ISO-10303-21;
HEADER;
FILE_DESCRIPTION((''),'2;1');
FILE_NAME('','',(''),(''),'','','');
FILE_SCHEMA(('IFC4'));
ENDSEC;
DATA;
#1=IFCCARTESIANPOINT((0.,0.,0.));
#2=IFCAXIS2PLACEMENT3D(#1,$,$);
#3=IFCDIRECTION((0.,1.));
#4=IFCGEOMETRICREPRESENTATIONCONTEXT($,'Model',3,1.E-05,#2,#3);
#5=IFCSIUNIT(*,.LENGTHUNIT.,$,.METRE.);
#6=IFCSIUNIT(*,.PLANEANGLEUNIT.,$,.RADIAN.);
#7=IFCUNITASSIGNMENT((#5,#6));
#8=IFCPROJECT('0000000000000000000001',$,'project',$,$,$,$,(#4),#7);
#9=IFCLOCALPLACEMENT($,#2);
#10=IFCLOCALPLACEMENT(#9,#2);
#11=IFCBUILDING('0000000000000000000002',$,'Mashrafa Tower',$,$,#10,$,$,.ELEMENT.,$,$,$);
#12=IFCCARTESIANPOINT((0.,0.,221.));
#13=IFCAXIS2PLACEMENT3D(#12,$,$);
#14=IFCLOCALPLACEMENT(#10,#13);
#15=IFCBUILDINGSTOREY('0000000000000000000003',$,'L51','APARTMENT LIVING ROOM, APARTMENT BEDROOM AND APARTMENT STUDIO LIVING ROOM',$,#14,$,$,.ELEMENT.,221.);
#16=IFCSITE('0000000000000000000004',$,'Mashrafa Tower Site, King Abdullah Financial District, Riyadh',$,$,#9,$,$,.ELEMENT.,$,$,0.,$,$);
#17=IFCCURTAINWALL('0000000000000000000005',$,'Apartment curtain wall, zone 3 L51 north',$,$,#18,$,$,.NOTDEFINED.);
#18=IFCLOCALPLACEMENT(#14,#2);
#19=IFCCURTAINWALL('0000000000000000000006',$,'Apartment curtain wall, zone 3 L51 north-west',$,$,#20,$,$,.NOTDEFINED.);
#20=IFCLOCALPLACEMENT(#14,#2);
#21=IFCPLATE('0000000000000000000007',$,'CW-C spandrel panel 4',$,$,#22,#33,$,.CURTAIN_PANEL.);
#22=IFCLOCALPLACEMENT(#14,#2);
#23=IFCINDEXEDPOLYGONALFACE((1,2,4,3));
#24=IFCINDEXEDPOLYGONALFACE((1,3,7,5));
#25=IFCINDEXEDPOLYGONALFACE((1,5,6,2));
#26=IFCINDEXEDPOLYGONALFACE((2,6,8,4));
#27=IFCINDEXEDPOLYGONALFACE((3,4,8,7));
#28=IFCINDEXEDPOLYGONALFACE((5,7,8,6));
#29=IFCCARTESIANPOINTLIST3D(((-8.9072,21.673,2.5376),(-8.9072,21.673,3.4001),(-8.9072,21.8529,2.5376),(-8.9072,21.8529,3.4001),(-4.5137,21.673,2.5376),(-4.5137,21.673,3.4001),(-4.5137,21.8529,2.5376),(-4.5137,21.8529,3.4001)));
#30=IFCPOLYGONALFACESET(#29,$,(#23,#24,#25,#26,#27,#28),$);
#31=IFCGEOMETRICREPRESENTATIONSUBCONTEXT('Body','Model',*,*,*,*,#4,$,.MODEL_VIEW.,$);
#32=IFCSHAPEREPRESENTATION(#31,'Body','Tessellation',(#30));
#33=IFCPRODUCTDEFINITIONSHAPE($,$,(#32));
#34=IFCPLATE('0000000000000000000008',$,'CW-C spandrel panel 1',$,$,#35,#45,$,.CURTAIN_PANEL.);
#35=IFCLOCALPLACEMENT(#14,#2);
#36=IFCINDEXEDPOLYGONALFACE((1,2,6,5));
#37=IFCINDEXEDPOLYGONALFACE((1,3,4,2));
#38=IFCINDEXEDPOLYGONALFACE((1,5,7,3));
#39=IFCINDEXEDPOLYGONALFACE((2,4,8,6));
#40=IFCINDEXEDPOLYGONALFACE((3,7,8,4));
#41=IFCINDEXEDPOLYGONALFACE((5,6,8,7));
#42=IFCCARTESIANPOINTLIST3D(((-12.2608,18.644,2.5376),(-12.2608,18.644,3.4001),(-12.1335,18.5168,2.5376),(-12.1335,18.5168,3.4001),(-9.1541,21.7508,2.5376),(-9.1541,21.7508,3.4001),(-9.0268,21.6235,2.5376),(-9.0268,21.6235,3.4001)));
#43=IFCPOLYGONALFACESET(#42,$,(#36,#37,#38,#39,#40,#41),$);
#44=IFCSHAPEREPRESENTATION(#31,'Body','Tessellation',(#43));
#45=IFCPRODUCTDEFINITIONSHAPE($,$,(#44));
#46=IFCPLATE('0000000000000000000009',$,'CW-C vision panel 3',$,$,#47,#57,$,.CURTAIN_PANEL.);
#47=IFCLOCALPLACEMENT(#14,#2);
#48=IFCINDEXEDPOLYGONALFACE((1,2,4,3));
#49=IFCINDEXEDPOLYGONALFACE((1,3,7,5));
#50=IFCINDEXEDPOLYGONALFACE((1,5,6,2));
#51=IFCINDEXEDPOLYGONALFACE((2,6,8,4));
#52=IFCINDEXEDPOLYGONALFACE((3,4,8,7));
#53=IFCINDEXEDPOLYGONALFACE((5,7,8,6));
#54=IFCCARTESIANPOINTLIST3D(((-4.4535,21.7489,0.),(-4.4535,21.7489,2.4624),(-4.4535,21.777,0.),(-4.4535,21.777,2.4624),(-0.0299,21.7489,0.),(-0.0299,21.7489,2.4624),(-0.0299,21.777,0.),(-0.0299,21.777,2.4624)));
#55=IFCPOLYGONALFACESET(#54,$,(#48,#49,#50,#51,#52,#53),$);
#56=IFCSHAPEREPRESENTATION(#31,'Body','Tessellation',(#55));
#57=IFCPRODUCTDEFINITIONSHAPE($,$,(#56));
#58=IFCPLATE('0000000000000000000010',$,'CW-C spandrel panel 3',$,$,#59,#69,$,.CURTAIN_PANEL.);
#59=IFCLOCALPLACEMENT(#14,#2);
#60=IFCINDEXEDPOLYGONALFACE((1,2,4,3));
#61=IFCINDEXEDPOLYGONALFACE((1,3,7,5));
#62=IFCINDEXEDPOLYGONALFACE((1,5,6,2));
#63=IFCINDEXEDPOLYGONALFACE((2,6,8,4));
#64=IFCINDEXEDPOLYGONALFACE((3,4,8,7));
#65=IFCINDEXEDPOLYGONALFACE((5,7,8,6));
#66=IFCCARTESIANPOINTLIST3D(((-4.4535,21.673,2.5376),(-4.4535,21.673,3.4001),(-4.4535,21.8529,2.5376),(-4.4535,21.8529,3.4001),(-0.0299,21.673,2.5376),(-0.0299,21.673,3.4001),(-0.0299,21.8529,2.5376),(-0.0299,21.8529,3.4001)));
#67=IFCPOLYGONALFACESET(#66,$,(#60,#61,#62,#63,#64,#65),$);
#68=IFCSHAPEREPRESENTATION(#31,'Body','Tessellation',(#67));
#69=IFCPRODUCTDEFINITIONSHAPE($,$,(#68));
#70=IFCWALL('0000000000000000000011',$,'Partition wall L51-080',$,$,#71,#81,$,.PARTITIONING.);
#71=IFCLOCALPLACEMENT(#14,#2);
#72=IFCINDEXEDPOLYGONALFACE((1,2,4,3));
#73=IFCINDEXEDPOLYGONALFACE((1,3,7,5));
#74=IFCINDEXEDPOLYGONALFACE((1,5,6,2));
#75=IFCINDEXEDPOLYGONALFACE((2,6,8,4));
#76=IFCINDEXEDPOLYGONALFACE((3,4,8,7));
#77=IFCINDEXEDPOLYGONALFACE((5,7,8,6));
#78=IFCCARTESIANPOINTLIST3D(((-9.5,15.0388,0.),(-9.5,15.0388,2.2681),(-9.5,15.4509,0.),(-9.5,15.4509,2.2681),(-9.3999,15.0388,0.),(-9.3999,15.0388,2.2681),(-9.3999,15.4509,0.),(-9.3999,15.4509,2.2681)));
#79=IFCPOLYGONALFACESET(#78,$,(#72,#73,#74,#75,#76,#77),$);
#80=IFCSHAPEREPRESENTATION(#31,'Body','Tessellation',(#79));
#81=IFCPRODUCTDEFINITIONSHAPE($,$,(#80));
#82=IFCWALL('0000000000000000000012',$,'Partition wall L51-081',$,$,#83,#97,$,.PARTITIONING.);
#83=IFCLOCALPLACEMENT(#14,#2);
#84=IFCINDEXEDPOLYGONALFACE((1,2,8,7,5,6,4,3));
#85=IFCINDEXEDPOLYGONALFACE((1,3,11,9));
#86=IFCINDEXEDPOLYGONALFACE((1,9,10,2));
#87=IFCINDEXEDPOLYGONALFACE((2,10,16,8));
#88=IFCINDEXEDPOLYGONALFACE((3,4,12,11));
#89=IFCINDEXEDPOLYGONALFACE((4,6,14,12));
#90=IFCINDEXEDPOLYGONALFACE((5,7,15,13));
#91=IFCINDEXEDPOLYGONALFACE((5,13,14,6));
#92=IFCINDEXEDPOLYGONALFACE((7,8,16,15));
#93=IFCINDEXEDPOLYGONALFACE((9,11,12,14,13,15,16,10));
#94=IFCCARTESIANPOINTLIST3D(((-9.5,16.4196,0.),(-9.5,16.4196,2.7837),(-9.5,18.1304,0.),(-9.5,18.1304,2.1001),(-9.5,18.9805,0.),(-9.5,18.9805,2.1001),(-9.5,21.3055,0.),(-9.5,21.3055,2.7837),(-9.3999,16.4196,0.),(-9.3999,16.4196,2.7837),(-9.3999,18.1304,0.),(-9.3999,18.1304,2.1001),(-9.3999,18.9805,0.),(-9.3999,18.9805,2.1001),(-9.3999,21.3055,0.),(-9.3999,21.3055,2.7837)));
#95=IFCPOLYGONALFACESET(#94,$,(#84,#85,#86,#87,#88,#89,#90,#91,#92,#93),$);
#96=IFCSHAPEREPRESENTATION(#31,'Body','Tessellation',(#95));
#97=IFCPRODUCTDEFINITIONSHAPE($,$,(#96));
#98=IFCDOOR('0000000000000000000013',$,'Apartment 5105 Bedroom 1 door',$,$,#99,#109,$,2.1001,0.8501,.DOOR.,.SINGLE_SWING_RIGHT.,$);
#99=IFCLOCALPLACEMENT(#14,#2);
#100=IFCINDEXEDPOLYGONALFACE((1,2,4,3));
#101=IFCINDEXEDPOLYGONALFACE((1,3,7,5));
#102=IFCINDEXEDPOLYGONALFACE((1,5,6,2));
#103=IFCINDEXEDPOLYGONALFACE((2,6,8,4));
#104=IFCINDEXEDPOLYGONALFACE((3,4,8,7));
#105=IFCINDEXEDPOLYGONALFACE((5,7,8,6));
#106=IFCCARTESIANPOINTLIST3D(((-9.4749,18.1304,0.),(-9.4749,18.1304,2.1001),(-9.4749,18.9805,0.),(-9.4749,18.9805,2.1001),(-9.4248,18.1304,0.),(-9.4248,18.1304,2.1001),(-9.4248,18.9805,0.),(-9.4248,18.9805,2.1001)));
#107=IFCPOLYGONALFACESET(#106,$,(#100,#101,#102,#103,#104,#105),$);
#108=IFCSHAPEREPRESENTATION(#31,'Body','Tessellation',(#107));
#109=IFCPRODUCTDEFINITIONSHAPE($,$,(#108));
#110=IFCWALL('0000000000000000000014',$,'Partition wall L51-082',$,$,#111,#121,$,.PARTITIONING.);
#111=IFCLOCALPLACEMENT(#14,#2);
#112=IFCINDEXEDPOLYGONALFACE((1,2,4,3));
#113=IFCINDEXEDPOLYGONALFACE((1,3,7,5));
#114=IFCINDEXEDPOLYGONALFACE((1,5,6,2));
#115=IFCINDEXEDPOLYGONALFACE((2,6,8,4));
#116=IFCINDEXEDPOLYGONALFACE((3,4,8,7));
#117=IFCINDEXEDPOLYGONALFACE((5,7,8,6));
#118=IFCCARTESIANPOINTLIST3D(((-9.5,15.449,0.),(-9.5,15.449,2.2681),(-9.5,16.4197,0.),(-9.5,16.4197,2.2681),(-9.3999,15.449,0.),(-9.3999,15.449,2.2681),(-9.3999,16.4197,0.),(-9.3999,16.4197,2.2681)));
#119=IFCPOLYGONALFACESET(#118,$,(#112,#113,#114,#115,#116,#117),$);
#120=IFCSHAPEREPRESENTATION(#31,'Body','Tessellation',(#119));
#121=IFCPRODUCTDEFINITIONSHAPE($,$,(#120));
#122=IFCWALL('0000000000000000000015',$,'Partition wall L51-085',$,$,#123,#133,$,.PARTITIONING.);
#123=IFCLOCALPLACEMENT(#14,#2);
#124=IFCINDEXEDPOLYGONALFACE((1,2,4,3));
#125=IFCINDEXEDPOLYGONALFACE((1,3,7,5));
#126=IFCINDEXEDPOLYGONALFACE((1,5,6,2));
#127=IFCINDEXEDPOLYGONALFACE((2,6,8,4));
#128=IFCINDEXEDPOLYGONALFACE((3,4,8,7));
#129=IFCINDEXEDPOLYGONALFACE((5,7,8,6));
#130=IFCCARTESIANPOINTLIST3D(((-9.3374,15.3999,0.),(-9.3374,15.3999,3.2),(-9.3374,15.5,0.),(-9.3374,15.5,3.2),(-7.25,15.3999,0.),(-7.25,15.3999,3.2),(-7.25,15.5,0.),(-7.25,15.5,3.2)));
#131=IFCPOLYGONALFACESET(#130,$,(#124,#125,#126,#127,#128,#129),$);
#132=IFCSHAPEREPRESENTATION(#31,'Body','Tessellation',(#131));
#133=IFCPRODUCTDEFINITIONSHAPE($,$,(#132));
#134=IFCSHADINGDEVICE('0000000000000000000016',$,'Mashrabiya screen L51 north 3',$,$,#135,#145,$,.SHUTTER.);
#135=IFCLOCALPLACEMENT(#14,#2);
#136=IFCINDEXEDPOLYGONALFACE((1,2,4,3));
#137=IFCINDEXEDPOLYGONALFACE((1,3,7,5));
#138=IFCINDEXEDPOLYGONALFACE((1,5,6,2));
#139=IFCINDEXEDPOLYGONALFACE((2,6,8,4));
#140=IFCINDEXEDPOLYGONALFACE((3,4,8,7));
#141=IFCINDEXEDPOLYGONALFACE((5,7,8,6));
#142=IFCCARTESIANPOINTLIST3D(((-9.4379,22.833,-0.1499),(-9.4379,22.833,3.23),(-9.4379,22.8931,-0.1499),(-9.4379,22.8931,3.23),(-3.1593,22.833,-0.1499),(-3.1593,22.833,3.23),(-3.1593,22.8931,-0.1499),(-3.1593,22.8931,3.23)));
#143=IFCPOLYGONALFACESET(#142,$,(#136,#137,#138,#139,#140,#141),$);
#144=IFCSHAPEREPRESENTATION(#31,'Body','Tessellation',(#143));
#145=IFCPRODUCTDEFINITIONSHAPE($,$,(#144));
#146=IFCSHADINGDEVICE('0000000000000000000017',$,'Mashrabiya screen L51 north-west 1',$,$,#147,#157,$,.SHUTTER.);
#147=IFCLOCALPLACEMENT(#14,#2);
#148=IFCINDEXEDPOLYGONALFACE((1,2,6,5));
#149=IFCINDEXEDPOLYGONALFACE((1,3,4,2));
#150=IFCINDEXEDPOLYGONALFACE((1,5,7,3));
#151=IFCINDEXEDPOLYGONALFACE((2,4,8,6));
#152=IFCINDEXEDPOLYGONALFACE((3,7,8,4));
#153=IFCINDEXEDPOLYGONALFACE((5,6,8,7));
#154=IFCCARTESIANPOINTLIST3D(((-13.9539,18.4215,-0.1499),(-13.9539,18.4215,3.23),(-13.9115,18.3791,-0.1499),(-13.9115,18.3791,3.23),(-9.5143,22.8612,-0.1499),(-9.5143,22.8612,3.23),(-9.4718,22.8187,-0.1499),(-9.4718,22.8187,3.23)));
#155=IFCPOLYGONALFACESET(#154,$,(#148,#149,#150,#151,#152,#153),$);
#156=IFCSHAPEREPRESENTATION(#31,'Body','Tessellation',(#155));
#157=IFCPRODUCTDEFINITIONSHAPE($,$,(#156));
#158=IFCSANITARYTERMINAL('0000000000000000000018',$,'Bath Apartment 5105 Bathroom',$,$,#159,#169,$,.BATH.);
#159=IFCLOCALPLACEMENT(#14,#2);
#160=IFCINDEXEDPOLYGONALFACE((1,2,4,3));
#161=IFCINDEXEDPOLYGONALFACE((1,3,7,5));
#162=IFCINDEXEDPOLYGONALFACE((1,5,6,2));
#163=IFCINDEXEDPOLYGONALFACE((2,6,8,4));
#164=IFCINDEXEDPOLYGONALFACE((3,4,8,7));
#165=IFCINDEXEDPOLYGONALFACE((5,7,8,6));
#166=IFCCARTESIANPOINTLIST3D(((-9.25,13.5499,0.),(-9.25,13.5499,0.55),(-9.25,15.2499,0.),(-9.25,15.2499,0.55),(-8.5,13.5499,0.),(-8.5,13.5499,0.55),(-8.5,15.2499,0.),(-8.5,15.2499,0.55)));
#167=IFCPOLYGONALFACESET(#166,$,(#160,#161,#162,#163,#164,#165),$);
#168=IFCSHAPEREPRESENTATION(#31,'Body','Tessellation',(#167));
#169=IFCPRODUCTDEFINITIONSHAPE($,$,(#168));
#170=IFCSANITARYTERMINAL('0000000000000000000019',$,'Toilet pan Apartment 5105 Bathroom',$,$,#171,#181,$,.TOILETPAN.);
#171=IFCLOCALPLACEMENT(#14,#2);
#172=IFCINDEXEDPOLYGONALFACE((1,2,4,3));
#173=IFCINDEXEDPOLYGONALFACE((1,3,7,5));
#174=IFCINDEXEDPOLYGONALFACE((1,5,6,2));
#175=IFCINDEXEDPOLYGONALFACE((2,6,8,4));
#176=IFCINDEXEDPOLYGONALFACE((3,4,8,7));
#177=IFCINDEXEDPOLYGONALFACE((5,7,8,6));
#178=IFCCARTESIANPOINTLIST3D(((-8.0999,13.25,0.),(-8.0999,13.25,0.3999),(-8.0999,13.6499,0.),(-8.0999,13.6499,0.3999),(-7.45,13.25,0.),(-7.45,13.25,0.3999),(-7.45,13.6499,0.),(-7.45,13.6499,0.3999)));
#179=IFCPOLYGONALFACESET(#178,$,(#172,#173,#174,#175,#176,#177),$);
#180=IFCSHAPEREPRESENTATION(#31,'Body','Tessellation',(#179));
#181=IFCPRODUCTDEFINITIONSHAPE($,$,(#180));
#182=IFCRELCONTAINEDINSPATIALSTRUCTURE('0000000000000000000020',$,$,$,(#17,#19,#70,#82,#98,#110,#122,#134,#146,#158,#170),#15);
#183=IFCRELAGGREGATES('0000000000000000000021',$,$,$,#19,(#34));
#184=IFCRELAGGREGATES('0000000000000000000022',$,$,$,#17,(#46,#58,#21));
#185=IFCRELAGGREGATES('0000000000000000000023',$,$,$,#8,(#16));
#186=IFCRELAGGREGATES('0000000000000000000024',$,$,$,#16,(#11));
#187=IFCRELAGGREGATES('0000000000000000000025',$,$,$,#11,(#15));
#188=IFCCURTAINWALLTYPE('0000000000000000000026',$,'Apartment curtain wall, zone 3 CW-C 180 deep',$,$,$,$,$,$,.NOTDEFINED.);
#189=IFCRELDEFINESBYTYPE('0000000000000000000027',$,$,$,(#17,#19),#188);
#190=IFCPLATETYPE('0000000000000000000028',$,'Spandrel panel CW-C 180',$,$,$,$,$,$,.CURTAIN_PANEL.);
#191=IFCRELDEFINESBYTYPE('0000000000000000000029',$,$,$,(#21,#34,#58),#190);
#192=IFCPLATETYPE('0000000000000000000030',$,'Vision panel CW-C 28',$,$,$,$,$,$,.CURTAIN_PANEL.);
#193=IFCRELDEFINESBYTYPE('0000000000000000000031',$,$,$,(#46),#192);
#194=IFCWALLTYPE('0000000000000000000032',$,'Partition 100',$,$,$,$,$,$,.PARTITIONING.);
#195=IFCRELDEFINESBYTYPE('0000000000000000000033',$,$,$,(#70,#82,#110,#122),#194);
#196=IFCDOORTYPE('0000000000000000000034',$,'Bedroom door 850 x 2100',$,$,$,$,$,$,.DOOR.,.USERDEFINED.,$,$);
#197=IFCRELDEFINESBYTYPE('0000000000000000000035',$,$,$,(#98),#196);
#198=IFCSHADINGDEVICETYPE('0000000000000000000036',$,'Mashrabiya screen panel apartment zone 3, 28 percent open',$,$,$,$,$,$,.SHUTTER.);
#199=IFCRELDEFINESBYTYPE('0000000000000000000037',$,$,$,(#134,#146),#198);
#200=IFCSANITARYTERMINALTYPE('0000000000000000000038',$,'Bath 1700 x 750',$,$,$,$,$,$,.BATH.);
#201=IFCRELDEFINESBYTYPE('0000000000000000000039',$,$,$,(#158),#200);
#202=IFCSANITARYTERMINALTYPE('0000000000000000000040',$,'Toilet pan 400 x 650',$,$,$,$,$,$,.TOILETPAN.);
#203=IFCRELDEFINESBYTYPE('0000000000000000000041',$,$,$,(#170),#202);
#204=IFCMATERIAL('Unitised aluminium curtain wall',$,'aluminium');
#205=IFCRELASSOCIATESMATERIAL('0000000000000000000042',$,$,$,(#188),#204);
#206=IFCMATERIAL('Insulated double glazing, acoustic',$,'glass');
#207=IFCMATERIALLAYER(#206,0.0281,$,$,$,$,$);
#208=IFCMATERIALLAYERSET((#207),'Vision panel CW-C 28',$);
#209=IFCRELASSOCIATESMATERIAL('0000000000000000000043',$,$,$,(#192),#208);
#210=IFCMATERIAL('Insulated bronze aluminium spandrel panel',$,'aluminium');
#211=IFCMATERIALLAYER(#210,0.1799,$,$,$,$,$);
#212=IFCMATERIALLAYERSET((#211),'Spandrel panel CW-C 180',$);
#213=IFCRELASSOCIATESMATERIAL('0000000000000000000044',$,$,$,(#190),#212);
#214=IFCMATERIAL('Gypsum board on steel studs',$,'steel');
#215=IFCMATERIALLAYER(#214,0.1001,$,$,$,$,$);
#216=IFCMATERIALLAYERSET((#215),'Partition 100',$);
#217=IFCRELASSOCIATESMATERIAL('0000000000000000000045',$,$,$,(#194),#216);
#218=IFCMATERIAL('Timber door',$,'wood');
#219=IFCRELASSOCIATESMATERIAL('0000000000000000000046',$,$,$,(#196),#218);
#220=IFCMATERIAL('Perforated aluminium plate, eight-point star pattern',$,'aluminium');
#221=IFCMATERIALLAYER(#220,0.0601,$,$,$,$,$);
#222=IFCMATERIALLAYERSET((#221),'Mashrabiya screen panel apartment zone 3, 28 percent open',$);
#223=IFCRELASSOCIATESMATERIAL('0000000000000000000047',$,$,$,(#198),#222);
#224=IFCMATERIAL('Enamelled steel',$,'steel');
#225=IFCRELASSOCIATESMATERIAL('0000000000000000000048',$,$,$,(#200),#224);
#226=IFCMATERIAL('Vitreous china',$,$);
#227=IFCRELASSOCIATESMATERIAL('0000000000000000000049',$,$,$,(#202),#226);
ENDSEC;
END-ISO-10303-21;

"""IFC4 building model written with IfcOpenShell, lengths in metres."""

from ifc_helpers import new_model, si_unit, direction, frame, frame_2d, origin, origin_2d, place, context, subcontext, project, spatial, rectangle, extrude, source, transform, mapped, material, layer, layer_set, type_object, type_shapes, element, fill, aggregate, save


model = new_model("IFC4")

# Units and contexts
model_context = context("Model", 3, precision=1e-05, world=origin(), true_north=direction((0.0, 1.0)))
body_context = subcontext(model_context, "Body", "Model", "MODEL_VIEW")
ifc_project = project(units=[si_unit("LENGTHUNIT", "METRE"), si_unit("PLANEANGLEUNIT", "RADIAN")], contexts=[model_context])

# Site, building, storey
site_placement = place(None, origin())
site = spatial("IfcSite", under=ifc_project, at=site_placement, Name="Mashrafa Tower Site, King Abdullah Financial District, Riyadh", CompositionType="ELEMENT", RefElevation=0.0)
building_placement = place(site_placement, origin())
building = spatial("IfcBuilding", under=site, at=building_placement, Name="Mashrafa Tower", CompositionType="ELEMENT")
storey_placement = place(building_placement, frame((0.0, 0.0, 221.0)))
storey = spatial("IfcBuildingStorey", under=building, at=storey_placement, Name="L51", Description="APARTMENT LIVING ROOM, APARTMENT BEDROOM AND APARTMENT STUDIO LIVING ROOM", CompositionType="ELEMENT", Elevation=221.0)

# Curtain walls
ifc_material_1 = material(Name="Unitised aluminium curtain wall", Category="aluminium")
curtain_wall_type = type_object("IfcCurtainWallType", Name="Apartment curtain wall, zone 3 CW-C 180 deep", PredefinedType="NOTDEFINED", material=ifc_material_1)
curtain_wall_1_placement = place(storey_placement, origin())
curtain_wall_1 = element("IfcCurtainWall", 1, at=curtain_wall_1_placement, inside=storey, type_object=curtain_wall_type, Name="Apartment curtain wall, zone 3 L51 north", PredefinedType="NOTDEFINED")
curtain_wall_2_placement = place(storey_placement, origin())
curtain_wall_2 = element("IfcCurtainWall", 2, at=curtain_wall_2_placement, inside=storey, type_object=curtain_wall_type, Name="Apartment curtain wall, zone 3 L51 north-west", PredefinedType="NOTDEFINED")

# Plates
ifc_material_2 = material(Name="Insulated double glazing, acoustic", Category="glass")
ifc_layer_1 = layer(ifc_material_2, 0.0281)
ifc_layer_set_1 = layer_set([ifc_layer_1], Name="Vision panel CW-C 28")
plate_type_1 = type_object("IfcPlateType", Name="Vision panel CW-C 28", PredefinedType="CURTAIN_PANEL", material=ifc_layer_set_1)
ifc_material_3 = material(Name="Insulated bronze aluminium spandrel panel", Category="aluminium")
ifc_layer_2 = layer(ifc_material_3, 0.1799)
ifc_layer_set_2 = layer_set([ifc_layer_2], Name="Spandrel panel CW-C 180")
plate_type_2 = type_object("IfcPlateType", Name="Spandrel panel CW-C 180", PredefinedType="CURTAIN_PANEL", material=ifc_layer_set_2)
shared_shape_1 = source(origin(), body_context, "Body", "SweptSolid", [
    extrude(rectangle(XDim=4.3936, YDim=0.1799, at=origin_2d()), origin(), (0.0, 0.0, 1.0), 0.8625),
])
plate_1_placement = place(storey_placement, frame((-6.7104, 21.7629, 2.5376), z_axis=(0.0, 0.0, 1.0), x_axis=(-1.0, 0.0, 0.0)))
plate_1 = element("IfcPlate", 3, at=plate_1_placement, type_object=plate_type_2, Name="CW-C spandrel panel 4", PredefinedType="CURTAIN_PANEL", context=body_context, shape_type="MappedRepresentation", body=[
    mapped(shared_shape_1, transform((0.0, 0.0, 0.0))),
])
plate_2_placement = place(storey_placement, frame((-10.6438, 20.1338, 2.5376), z_axis=(0.0, 0.0, 1.0), x_axis=(-0.707107, -0.707107, 0.0)))
plate_2 = element("IfcPlate", 4, at=plate_2_placement, type_object=plate_type_2, Name="CW-C spandrel panel 1", PredefinedType="CURTAIN_PANEL", context=body_context, shape_type="MappedRepresentation", body=[
    mapped(shared_shape_1, transform((0.0, 0.0, 0.0))),
])
aggregate(curtain_wall_2, [plate_2])
shared_shape_2 = source(origin(), body_context, "Body", "SweptSolid", [
    extrude(rectangle(XDim=4.4236, YDim=0.0281, at=origin_2d()), origin(), (0.0, 0.0, 1.0), 2.4624),
])
plate_3_placement = place(storey_placement, frame((-2.2417, 21.7629, 0.0), z_axis=(0.0, 0.0, 1.0), x_axis=(-1.0, 0.0, 0.0)))
plate_3 = element("IfcPlate", 5, at=plate_3_placement, type_object=plate_type_1, Name="CW-C vision panel 3", PredefinedType="CURTAIN_PANEL", context=body_context, shape_type="MappedRepresentation", body=[
    mapped(shared_shape_2, transform((0.0, 0.0, 0.0))),
])
shared_shape_3 = source(origin(), body_context, "Body", "SweptSolid", [
    extrude(rectangle(XDim=4.4236, YDim=0.1799, at=origin_2d()), origin(), (0.0, 0.0, 1.0), 0.8625),
])
type_shapes(plate_type_2, [shared_shape_1, shared_shape_3])
plate_4_placement = place(storey_placement, frame((-2.2417, 21.7629, 2.5376), z_axis=(0.0, 0.0, 1.0), x_axis=(-1.0, 0.0, 0.0)))
plate_4 = element("IfcPlate", 6, at=plate_4_placement, type_object=plate_type_2, Name="CW-C spandrel panel 3", PredefinedType="CURTAIN_PANEL", context=body_context, shape_type="MappedRepresentation", body=[
    mapped(shared_shape_3, transform((0.0, 0.0, 0.0))),
])
aggregate(curtain_wall_1, [plate_3, plate_4, plate_1])

# Wall
ifc_material_4 = material(Name="Gypsum board on steel studs", Category="steel")
ifc_layer_3 = layer(ifc_material_4, 0.1001)
ifc_layer_set_3 = layer_set([ifc_layer_3], Name="Partition 100")
wall_type = type_object("IfcWallType", Name="Partition 100", PredefinedType="PARTITIONING", material=ifc_layer_set_3)
wall_1_placement = place(storey_placement, frame((-9.45, 15.0388, 0.0), z_axis=(0.0, 0.0, 1.0), x_axis=(0.0, 1.0, 0.0)))
element("IfcWall", 7, at=wall_1_placement, inside=storey, type_object=wall_type, Name="Partition wall L51-080", PredefinedType="PARTITIONING", context=body_context, shape_type="SweptSolid", body=[
    extrude(rectangle(XDim=0.4121, YDim=0.1001, at=frame_2d((0.2061, 0.0))), origin(), (0.0, 0.0, 1.0), 2.2681),
])

# Wall, opening, door
wall_2_placement = place(storey_placement, frame((-9.45, 16.4197, 0.0), z_axis=(0.0, 0.0, 1.0), x_axis=(0.0, 1.0, 0.0)))
wall_2 = element("IfcWall", 8, at=wall_2_placement, inside=storey, type_object=wall_type, Name="Partition wall L51-081", PredefinedType="PARTITIONING", context=body_context, shape_type="SweptSolid", body=[
    extrude(rectangle(XDim=4.886, YDim=0.1001, at=frame_2d((2.4429, 0.0))), origin(), (0.0, 0.0, 1.0), 2.7837),
])
opening_placement = place(wall_2_placement, frame((1.7107, 0.0, 0.0)))
opening = element("IfcOpeningElement", 9, at=opening_placement, cuts=wall_2, PredefinedType="OPENING", context=body_context, shape_type="SweptSolid", body=[
    extrude(rectangle(XDim=0.8501, YDim=2.1001, at=frame_2d((0.425, 1.05))), frame((0.0, 0.0601, 0.0), z_axis=(0.0, -1.0, 0.0), x_axis=(1.0, 0.0, 0.0)), (0.0, 0.0, 1.0), 0.1201),
])
ifc_material_5 = material(Name="Timber door", Category="wood")
door_type = type_object("IfcDoorType", Name="Bedroom door 850 x 2100", OperationType="USERDEFINED", PredefinedType="DOOR", material=ifc_material_5)
door_placement = place(opening_placement, origin())
door = element("IfcDoor", 10, at=door_placement, inside=storey, type_object=door_type, Name="Apartment 5105 Bedroom 1 door", OperationType="SINGLE_SWING_RIGHT", OverallHeight=2.1001, OverallWidth=0.8501, PredefinedType="DOOR", context=body_context, shape_type="SweptSolid", body=[
    extrude(rectangle(XDim=0.8501, YDim=2.1001, at=frame_2d((0.425, 1.05))), frame((0.0, 0.0249, 0.0), z_axis=(0.0, -1.0, 0.0), x_axis=(1.0, 0.0, 0.0)), (0.0, 0.0, 1.0), 0.05),
])
fill(opening, door)

# Walls
wall_3_placement = place(storey_placement, frame((-9.45, 15.449, 0.0), z_axis=(0.0, 0.0, 1.0), x_axis=(0.0, 1.0, 0.0)))
element("IfcWall", 11, at=wall_3_placement, inside=storey, type_object=wall_type, Name="Partition wall L51-082", PredefinedType="PARTITIONING", context=body_context, shape_type="SweptSolid", body=[
    extrude(rectangle(XDim=0.9707, YDim=0.1001, at=frame_2d((0.4854, 0.0))), origin(), (0.0, 0.0, 1.0), 2.2681),
])
wall_4_placement = place(storey_placement, frame((-7.25, 15.45, 0.0), z_axis=(0.0, 0.0, 1.0), x_axis=(-1.0, 0.0, 0.0)))
element("IfcWall", 12, at=wall_4_placement, inside=storey, type_object=wall_type, Name="Partition wall L51-085", PredefinedType="PARTITIONING", context=body_context, shape_type="SweptSolid", body=[
    extrude(rectangle(XDim=2.0874, YDim=0.1001, at=frame_2d((1.0437, 0.0))), origin(), (0.0, 0.0, 1.0), 3.2),
])

# Shading devices
ifc_material_6 = material(Name="Perforated aluminium plate, eight-point star pattern", Category="aluminium")
ifc_layer_4 = layer(ifc_material_6, 0.0601)
ifc_layer_set_4 = layer_set([ifc_layer_4], Name="Mashrabiya screen panel apartment zone 3, 28 percent open")
shading_device_type = type_object("IfcShadingDeviceType", Name="Mashrabiya screen panel apartment zone 3, 28 percent open", PredefinedType="SHUTTER", material=ifc_layer_set_4)
shared_shape_4 = source(origin(), body_context, "Body", "SweptSolid", [
    extrude(rectangle(XDim=6.2786, YDim=0.0601, at=origin_2d()), origin(), (0.0, 0.0, 1.0), 3.3799),
])
type_shapes(shading_device_type, [shared_shape_4])
for number, where, z_axis, x_axis, name in (
    (13, (-6.2986, 22.863, -0.1499), (0.0, 0.0, 1.0), (-1.0, 0.0, 0.0), "Mashrabiya screen L51 north 3"),
    (14, (-11.7129, 20.6201, -0.1499), (0.0, 0.0, 1.0), (-0.707107, -0.707107, 0.0), "Mashrabiya screen L51 north-west 1"),
):
    element("IfcShadingDevice", number, at=place(storey_placement, frame(where, z_axis=z_axis, x_axis=x_axis)), inside=storey, type_object=shading_device_type, Name=name, PredefinedType="SHUTTER", context=body_context, shape_type="MappedRepresentation", body=[
        mapped(shared_shape_4, transform((0.0, 0.0, 0.0))),
    ])

# Sanitary terminals
ifc_material_7 = material(Name="Enamelled steel", Category="steel")
sanitary_terminal_type_1 = type_object("IfcSanitaryTerminalType", Name="Bath 1700 x 750", PredefinedType="BATH", material=ifc_material_7)
sanitary_terminal_1_placement = place(storey_placement, frame((-8.875, 14.3999, 0.0), z_axis=(0.0, 0.0, 1.0), x_axis=(0.0, -1.0, 0.0)))
element("IfcSanitaryTerminal", 15, at=sanitary_terminal_1_placement, inside=storey, type_object=sanitary_terminal_type_1, Name="Bath Apartment 5105 Bathroom", PredefinedType="BATH", context=body_context, shape_type="SweptSolid", body=[
    extrude(rectangle(XDim=1.7, YDim=0.75, at=origin_2d()), origin(), (0.0, 0.0, 1.0), 0.55),
])
ifc_material_8 = material(Name="Vitreous china")
sanitary_terminal_type_2 = type_object("IfcSanitaryTerminalType", Name="Toilet pan 400 x 650", PredefinedType="TOILETPAN", material=ifc_material_8)
sanitary_terminal_2_placement = place(storey_placement, frame((-7.7749, 13.45, 0.0), z_axis=(0.0, 0.0, 1.0), x_axis=(0.0, 1.0, 0.0)))
element("IfcSanitaryTerminal", 16, at=sanitary_terminal_2_placement, inside=storey, type_object=sanitary_terminal_type_2, Name="Toilet pan Apartment 5105 Bathroom", PredefinedType="TOILETPAN", context=body_context, shape_type="SweptSolid", body=[
    extrude(rectangle(XDim=0.3999, YDim=0.6499, at=origin_2d()), origin(), (0.0, 0.0, 1.0), 0.3999),
])

save(model, "model.ifc")
